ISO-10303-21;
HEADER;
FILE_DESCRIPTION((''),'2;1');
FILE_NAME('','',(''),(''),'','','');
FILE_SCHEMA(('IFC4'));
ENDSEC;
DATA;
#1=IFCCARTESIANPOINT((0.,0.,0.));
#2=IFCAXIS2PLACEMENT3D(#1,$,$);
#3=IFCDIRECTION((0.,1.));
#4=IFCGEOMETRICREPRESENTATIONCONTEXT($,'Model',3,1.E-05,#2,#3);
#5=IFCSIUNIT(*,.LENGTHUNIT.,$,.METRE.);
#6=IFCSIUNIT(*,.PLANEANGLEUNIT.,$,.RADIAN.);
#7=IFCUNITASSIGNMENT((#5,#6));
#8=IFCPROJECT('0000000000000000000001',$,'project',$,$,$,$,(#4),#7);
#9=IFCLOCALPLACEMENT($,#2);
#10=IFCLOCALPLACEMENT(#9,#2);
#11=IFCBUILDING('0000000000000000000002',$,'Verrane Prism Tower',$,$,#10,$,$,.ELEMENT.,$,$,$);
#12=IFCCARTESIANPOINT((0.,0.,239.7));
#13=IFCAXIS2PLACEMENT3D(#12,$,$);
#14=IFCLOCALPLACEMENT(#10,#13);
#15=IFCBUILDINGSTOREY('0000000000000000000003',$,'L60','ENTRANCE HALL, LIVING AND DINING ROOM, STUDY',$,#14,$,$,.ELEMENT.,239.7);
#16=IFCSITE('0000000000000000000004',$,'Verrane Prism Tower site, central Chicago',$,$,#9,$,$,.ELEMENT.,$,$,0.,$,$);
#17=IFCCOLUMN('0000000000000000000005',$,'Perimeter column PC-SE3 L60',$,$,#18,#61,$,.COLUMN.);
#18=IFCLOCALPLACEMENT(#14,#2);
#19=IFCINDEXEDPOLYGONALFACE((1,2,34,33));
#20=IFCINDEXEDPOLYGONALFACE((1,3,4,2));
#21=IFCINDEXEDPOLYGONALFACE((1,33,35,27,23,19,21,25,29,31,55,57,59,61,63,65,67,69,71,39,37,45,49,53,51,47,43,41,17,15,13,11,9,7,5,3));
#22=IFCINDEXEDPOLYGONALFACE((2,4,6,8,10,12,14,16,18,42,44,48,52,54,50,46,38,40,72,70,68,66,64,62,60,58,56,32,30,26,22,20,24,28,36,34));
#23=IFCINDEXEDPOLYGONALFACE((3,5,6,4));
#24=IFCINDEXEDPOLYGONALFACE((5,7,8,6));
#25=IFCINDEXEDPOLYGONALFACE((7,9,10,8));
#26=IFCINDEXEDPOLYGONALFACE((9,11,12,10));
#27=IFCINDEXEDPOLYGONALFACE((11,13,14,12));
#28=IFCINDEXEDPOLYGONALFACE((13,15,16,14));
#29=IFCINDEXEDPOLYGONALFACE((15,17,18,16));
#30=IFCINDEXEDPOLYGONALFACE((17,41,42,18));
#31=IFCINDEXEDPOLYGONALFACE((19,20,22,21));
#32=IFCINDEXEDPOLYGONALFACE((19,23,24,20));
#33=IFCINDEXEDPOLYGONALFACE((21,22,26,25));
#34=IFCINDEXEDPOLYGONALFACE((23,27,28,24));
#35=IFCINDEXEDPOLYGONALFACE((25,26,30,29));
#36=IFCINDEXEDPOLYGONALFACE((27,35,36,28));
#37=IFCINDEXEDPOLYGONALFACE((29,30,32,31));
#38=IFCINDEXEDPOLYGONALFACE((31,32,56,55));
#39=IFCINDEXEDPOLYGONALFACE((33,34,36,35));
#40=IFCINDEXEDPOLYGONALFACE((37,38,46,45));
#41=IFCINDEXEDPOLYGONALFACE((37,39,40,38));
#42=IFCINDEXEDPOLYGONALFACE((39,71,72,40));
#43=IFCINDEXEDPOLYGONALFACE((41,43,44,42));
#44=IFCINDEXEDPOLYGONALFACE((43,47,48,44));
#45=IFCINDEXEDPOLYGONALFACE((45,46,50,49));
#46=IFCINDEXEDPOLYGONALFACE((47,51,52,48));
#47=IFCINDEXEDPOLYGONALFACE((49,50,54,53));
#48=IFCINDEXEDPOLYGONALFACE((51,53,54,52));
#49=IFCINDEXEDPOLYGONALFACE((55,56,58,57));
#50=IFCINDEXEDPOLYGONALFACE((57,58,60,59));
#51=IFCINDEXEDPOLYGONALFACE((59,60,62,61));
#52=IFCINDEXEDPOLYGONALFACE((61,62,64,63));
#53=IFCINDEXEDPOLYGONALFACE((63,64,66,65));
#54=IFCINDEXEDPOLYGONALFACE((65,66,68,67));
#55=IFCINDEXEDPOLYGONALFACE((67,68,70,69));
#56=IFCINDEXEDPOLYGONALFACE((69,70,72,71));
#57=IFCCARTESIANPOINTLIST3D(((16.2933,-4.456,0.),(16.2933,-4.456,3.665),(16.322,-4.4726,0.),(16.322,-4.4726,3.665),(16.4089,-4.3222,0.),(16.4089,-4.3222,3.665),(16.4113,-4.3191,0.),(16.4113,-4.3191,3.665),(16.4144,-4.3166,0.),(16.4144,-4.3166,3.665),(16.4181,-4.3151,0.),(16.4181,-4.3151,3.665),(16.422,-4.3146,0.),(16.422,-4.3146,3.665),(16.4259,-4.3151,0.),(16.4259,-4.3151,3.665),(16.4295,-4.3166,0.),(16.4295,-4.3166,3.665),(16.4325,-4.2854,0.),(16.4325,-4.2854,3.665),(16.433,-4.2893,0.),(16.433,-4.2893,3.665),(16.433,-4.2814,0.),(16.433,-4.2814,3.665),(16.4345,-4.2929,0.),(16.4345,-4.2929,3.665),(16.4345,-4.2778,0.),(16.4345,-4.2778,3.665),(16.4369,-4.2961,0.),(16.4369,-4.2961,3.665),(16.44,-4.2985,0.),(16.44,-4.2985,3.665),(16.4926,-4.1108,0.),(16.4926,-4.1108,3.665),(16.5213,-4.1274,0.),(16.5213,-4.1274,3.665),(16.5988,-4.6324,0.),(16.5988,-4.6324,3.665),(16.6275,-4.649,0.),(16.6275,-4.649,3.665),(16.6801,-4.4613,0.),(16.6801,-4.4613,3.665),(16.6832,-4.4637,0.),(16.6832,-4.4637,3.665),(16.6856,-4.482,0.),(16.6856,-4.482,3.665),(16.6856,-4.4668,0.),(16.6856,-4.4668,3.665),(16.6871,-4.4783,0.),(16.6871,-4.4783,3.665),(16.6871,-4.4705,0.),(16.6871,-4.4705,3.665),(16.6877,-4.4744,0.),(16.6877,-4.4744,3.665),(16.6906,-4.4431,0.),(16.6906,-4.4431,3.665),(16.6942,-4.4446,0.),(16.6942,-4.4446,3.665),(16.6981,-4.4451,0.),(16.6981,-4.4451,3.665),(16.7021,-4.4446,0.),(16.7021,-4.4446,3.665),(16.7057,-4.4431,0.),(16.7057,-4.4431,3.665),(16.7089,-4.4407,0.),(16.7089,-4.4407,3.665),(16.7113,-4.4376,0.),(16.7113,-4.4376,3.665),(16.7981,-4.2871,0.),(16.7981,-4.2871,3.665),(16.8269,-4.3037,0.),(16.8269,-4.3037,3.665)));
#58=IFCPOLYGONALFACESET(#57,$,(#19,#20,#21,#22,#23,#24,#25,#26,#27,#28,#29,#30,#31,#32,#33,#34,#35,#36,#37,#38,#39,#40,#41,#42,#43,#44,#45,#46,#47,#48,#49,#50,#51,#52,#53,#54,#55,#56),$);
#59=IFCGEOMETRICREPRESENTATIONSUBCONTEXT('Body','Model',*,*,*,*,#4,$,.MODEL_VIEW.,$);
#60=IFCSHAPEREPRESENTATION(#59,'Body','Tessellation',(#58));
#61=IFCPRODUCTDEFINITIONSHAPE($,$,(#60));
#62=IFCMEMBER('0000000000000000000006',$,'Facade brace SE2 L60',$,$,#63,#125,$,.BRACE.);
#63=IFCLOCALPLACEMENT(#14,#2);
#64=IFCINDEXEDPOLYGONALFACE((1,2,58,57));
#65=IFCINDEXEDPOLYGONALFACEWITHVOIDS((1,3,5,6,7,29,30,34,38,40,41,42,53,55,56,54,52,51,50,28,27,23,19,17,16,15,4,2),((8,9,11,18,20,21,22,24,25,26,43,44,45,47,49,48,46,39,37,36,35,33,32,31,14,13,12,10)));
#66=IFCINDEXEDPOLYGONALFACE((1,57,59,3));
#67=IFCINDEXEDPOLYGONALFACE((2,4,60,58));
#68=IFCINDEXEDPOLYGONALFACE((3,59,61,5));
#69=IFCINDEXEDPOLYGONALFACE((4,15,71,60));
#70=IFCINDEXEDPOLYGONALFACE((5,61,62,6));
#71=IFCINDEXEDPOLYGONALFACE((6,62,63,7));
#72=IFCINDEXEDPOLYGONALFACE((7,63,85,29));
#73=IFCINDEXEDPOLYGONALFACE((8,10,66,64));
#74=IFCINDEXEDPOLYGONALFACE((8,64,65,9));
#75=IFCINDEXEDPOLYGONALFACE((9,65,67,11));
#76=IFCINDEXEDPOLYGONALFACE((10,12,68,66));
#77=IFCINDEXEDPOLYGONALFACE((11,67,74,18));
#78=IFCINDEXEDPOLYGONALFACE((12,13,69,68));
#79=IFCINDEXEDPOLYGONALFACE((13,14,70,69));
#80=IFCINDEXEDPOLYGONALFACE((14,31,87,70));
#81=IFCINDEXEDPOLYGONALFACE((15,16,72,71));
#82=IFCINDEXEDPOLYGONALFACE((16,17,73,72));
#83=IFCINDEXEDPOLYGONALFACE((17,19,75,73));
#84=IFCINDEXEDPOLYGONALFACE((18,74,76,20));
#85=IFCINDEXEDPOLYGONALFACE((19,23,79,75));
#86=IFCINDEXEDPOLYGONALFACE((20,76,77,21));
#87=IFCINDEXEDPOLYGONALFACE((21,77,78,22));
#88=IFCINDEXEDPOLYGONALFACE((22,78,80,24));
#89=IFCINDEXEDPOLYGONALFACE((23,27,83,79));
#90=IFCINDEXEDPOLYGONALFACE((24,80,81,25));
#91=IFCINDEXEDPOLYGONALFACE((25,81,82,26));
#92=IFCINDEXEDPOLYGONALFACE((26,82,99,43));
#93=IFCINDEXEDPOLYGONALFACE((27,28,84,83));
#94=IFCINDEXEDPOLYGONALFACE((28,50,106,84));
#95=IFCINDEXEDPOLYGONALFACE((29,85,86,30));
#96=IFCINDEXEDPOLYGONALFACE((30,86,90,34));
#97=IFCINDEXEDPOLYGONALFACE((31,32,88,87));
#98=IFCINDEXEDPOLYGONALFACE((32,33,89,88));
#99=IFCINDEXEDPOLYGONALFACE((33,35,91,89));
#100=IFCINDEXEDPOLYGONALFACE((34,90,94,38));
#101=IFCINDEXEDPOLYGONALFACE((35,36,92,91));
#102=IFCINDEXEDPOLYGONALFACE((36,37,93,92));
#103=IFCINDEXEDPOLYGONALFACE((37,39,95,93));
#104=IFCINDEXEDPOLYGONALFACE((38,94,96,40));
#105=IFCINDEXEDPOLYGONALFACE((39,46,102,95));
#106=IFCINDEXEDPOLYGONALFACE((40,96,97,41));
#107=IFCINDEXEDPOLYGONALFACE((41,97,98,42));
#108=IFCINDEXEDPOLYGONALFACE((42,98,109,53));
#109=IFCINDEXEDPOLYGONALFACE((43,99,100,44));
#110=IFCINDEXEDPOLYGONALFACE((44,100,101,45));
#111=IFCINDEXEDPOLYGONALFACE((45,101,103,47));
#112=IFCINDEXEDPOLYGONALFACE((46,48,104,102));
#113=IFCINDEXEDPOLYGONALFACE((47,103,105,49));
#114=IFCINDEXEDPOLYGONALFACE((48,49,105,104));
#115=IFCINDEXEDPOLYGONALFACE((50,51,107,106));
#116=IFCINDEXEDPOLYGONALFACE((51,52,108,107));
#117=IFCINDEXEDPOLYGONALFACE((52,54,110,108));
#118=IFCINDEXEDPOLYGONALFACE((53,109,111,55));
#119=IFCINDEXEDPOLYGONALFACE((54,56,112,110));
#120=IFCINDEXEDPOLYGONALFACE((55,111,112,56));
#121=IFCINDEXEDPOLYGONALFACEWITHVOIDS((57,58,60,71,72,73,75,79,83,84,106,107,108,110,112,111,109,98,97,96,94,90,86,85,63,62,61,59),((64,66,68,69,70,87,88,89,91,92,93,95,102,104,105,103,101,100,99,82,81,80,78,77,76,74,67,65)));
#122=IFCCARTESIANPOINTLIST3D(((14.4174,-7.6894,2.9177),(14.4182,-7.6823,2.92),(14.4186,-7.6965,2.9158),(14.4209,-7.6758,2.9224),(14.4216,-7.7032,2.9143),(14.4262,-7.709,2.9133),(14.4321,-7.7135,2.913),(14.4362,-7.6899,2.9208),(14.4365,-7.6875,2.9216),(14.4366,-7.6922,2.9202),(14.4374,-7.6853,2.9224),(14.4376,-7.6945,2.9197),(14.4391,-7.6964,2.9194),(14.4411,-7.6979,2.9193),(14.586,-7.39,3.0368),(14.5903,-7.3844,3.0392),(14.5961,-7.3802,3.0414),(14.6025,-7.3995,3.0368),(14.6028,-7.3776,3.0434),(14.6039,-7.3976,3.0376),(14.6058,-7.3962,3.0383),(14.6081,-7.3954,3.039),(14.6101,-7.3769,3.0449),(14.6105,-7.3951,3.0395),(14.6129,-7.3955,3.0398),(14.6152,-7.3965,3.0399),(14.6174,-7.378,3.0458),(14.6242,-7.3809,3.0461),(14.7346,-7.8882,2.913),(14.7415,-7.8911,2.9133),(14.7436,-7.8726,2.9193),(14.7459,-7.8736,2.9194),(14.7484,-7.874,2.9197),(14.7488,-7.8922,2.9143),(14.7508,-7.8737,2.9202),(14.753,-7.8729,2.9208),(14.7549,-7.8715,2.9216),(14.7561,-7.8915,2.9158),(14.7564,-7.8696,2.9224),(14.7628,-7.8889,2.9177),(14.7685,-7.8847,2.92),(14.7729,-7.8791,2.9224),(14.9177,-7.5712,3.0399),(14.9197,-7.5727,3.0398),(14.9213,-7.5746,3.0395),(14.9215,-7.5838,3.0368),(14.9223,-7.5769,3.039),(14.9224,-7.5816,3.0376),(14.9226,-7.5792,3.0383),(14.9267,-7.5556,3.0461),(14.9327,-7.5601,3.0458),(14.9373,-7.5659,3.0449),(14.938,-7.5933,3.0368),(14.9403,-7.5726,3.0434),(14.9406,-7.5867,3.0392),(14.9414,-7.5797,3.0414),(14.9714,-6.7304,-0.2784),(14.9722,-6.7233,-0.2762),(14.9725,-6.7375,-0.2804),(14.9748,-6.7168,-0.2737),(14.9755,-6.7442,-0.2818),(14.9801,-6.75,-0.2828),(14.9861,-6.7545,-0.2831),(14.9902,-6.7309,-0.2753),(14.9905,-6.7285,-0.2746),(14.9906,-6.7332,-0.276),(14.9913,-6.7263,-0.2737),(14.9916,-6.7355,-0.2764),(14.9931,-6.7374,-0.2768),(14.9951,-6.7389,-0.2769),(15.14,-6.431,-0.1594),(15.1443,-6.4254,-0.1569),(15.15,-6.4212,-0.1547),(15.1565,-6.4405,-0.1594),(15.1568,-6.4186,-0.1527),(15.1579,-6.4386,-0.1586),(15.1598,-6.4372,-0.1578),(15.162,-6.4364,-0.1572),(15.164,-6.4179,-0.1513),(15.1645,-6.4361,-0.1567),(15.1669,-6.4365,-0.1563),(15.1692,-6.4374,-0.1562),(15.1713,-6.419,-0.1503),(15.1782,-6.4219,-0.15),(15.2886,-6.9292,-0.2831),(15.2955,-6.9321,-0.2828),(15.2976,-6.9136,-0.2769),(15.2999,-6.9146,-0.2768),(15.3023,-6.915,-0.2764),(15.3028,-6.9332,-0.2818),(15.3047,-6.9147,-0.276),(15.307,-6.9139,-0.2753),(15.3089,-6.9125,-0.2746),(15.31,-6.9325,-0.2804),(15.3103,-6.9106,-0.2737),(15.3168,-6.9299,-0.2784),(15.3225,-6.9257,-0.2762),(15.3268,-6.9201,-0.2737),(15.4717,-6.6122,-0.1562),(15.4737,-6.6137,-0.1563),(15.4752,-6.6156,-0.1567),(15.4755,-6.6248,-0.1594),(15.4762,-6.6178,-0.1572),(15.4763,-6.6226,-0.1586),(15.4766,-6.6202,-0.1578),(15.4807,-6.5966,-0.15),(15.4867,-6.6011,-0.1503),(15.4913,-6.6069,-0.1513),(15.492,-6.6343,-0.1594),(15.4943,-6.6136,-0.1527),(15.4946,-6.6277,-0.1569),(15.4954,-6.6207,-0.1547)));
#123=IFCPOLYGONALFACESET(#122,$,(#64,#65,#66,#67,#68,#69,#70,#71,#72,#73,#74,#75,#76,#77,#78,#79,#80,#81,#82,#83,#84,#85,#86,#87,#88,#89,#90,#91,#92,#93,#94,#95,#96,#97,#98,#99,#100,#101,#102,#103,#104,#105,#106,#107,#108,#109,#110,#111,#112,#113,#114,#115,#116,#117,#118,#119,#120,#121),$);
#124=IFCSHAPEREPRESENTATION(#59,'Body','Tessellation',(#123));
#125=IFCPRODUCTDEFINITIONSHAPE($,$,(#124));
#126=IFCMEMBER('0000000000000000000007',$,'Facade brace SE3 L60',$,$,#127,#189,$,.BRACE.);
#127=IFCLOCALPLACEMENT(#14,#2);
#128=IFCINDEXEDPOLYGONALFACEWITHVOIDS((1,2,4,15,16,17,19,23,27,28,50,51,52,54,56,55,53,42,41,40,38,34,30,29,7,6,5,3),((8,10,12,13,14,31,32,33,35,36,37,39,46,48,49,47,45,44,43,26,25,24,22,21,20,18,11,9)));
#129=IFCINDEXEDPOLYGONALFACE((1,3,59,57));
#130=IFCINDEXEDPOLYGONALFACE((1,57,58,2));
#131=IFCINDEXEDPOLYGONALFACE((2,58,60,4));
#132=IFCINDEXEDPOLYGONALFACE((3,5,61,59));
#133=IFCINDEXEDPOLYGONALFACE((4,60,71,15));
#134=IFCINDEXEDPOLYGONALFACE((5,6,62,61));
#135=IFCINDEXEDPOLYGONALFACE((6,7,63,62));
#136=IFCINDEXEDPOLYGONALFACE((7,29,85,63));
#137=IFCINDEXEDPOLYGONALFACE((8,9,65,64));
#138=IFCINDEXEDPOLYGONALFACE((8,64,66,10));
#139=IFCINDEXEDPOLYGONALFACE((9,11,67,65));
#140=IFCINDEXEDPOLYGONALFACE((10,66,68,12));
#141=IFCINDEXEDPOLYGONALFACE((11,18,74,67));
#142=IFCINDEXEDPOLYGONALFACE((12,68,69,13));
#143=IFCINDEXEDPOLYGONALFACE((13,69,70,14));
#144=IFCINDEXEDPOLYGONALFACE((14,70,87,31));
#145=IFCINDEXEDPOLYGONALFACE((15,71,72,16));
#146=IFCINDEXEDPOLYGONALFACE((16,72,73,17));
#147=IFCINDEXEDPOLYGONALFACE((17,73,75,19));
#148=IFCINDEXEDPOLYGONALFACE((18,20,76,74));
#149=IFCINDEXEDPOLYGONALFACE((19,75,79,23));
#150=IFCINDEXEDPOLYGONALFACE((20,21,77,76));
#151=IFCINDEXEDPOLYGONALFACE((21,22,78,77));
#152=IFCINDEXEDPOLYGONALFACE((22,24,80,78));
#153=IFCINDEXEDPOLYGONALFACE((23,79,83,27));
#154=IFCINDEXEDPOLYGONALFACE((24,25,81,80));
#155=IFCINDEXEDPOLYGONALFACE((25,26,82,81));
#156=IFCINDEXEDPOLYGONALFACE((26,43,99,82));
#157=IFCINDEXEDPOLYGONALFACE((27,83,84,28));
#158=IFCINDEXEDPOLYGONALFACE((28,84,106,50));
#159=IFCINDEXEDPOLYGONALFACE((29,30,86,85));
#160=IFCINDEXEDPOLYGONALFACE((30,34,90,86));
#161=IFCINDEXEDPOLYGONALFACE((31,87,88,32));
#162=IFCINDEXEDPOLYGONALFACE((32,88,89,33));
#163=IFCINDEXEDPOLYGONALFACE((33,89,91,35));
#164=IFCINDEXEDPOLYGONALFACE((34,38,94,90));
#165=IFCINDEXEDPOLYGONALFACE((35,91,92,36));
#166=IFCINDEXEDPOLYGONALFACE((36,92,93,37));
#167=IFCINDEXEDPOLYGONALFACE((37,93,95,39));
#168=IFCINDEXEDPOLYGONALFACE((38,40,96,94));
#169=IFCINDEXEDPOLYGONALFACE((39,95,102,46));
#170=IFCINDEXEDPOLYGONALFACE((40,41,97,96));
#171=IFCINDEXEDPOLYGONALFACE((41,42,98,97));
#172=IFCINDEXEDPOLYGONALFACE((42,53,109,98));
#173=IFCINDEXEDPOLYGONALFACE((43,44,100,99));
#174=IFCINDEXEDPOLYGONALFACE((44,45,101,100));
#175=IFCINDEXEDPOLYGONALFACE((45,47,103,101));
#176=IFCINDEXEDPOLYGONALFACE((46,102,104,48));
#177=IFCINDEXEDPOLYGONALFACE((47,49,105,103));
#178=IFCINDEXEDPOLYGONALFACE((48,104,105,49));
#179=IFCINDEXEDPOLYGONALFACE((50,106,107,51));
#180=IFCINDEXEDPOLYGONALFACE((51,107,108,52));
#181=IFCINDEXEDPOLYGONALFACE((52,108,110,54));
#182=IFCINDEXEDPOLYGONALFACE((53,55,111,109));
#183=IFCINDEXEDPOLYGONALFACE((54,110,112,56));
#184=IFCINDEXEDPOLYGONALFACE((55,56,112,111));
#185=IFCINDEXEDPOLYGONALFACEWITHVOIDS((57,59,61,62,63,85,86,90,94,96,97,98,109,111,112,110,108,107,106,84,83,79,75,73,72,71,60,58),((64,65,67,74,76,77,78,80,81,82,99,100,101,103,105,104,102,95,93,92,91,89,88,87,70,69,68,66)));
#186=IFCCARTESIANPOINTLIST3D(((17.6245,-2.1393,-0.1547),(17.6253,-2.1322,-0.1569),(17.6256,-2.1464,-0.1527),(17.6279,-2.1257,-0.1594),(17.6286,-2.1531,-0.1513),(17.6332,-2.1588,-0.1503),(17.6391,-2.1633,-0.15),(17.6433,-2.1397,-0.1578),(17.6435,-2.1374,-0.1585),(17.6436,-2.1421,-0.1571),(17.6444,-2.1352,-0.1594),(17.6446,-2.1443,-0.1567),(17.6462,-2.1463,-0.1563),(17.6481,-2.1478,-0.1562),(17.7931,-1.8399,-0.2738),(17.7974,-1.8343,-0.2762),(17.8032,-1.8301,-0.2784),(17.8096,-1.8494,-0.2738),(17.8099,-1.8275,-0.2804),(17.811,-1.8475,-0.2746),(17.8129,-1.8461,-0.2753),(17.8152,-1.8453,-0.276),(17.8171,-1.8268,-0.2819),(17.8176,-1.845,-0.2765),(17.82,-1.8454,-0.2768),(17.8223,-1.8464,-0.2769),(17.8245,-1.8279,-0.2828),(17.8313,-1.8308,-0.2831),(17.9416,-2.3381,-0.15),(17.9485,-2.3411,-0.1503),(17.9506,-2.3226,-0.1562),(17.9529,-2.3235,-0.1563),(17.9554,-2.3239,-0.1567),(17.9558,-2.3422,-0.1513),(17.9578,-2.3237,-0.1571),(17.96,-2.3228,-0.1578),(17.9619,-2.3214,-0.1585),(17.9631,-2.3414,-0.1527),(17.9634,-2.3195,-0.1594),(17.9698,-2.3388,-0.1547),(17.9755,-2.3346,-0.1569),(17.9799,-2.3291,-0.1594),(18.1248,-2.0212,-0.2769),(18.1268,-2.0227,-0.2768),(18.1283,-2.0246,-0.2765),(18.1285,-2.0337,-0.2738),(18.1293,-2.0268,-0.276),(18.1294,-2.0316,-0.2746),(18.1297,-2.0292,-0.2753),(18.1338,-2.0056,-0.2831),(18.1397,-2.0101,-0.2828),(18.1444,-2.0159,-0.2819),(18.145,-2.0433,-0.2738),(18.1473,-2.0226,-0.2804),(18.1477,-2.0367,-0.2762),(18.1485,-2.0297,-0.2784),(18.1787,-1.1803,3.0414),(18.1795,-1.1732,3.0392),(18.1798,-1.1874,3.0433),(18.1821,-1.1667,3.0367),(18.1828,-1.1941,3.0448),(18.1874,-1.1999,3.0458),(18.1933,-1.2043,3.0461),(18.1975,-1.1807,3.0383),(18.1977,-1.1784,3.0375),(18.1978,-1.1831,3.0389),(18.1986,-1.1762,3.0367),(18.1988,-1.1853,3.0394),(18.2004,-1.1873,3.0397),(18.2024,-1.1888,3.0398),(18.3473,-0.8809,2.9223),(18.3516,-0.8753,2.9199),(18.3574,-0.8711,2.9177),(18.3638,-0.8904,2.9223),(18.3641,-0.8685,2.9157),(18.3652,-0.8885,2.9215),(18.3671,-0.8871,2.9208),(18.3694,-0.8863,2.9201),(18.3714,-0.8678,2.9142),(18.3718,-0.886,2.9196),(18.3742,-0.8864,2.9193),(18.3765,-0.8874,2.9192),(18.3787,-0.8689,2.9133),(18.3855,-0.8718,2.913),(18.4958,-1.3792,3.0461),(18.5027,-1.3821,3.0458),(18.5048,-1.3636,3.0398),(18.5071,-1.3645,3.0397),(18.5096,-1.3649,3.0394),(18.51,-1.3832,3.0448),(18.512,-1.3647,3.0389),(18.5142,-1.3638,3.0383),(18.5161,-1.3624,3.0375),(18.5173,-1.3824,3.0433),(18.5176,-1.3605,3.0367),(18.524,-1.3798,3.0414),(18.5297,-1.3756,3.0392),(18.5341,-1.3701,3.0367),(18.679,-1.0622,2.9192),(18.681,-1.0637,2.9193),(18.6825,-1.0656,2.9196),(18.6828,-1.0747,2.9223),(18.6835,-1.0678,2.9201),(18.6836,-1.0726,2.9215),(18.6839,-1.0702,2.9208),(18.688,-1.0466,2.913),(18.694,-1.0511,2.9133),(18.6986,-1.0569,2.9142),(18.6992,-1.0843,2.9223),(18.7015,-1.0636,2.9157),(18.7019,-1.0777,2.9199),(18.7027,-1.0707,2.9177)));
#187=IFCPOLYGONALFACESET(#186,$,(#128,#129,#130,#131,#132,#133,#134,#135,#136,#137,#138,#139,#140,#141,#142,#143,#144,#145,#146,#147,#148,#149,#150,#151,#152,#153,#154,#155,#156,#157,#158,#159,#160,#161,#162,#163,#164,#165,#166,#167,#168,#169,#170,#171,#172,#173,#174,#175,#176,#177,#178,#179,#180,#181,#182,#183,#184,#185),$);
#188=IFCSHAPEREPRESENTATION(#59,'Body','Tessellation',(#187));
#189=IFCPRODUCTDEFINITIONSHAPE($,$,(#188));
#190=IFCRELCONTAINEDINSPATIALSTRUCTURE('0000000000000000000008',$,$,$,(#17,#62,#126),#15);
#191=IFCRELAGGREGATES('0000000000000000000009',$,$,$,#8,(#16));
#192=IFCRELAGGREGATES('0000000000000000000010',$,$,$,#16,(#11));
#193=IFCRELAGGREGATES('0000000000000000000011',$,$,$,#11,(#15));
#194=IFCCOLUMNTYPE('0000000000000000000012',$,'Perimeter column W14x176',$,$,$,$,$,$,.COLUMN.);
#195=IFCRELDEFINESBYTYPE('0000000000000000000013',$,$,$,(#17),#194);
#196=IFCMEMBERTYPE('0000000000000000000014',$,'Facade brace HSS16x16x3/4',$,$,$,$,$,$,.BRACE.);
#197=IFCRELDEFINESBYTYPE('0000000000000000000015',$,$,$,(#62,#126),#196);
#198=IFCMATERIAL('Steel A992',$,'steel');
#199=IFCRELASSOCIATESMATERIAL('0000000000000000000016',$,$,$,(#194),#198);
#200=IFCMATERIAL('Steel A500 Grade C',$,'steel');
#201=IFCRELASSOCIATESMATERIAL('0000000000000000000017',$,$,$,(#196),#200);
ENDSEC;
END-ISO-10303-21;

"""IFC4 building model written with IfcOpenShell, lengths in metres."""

from ifc_helpers import new_model, si_unit, direction, frame, origin, origin_2d, place, context, subcontext, project, spatial, hollow_rectangle, i_section, extrude, material, material_profile, profile_set, type_object, element, save


model = new_model("IFC4")

# Units and contexts
model_context = context("Model", 3, precision=1e-05, world=origin(), true_north=direction((0.0, 1.0)))
body_context = subcontext(model_context, "Body", "Model", "MODEL_VIEW")
ifc_project = project(units=[si_unit("LENGTHUNIT", "METRE"), si_unit("PLANEANGLEUNIT", "RADIAN")], contexts=[model_context])

# Site, building, storey
site_placement = place(None, origin())
site = spatial("IfcSite", under=ifc_project, at=site_placement, Name="Verrane Prism Tower site, central Chicago", CompositionType="ELEMENT", RefElevation=0.0)
building_placement = place(site_placement, origin())
building = spatial("IfcBuilding", under=site, at=building_placement, Name="Verrane Prism Tower", CompositionType="ELEMENT")
storey_placement = place(building_placement, frame((0.0, 0.0, 239.7)))
storey = spatial("IfcBuildingStorey", under=building, at=storey_placement, Name="L60", Description="ENTRANCE HALL, LIVING AND DINING ROOM, STUDY", CompositionType="ELEMENT", Elevation=239.7)

# Column
ifc_material_1 = material(Name="Steel A992", Category="steel")
ifc_material_profile_1 = material_profile(ifc_material_1, i_section(OverallWidth=0.3987, OverallDepth=0.386, WebThickness=0.021, FlangeThickness=0.0332, FilletRadius=0.0151, at=origin_2d()), Name="W14x176")
ifc_profile_set_1 = profile_set([ifc_material_profile_1], Name="Steel A992")
column_type = type_object("IfcColumnType", Name="Perimeter column W14x176", PredefinedType="COLUMN", material=ifc_profile_set_1)
column_placement = place(storey_placement, frame((16.5601, -4.3799, 0.0), z_axis=(0.0, 0.0, 1.0), x_axis=(-0.5, -0.866025, 0.0)))
element("IfcColumn", 1, at=column_placement, inside=storey, type_object=column_type, Name="Perimeter column PC-SE3 L60", PredefinedType="COLUMN", context=body_context, shape_type="SweptSolid", body=[
    extrude(i_section(OverallWidth=0.3987, OverallDepth=0.386, WebThickness=0.021, FlangeThickness=0.0332, FilletRadius=0.0151, at=origin_2d()), origin(), (0.0, 0.0, 1.0), 3.665),
])

# Members
ifc_material_2 = material(Name="Steel A500 Grade C", Category="steel")
ifc_material_profile_2 = material_profile(ifc_material_2, hollow_rectangle(XDim=0.4065, YDim=0.4065, WallThickness=0.019, InnerFilletRadius=0.0095, OuterFilletRadius=0.0286, at=origin_2d()), Name="HSS16x16x3/4")
ifc_profile_set_2 = profile_set([ifc_material_profile_2], Name="Steel A500 Grade C")
member_type_1 = type_object("IfcMemberType", Name="Facade brace HSS16x16x3/4", PredefinedType="BRACE", material=ifc_profile_set_2)
for number, where, z_axis, x_axis, name in (
    (2, (15.2334, -6.6755, -0.2166), (-0.163772, -0.283515, 0.94488), (0.865914, -0.500193, 0.0), "Facade brace SE2 L60"),
    (3, (17.8865, -2.0845, -0.2166), (0.163842, 0.283511, 0.944869), (-0.865818, 0.500358, 0.0), "Facade brace SE3 L60"),
):
    element("IfcMember", number, at=place(storey_placement, frame(where, z_axis=z_axis, x_axis=x_axis)), inside=storey, type_object=member_type_1, Name=name, PredefinedType="BRACE", context=body_context, shape_type="SweptSolid", body=[
        extrude(hollow_rectangle(XDim=0.4065, YDim=0.4065, WallThickness=0.019, InnerFilletRadius=0.0095, OuterFilletRadius=0.0286, at=origin_2d()), origin(), (0.0, 0.0, 1.0), 3.3826),
    ])

save(model, "model.ifc")
